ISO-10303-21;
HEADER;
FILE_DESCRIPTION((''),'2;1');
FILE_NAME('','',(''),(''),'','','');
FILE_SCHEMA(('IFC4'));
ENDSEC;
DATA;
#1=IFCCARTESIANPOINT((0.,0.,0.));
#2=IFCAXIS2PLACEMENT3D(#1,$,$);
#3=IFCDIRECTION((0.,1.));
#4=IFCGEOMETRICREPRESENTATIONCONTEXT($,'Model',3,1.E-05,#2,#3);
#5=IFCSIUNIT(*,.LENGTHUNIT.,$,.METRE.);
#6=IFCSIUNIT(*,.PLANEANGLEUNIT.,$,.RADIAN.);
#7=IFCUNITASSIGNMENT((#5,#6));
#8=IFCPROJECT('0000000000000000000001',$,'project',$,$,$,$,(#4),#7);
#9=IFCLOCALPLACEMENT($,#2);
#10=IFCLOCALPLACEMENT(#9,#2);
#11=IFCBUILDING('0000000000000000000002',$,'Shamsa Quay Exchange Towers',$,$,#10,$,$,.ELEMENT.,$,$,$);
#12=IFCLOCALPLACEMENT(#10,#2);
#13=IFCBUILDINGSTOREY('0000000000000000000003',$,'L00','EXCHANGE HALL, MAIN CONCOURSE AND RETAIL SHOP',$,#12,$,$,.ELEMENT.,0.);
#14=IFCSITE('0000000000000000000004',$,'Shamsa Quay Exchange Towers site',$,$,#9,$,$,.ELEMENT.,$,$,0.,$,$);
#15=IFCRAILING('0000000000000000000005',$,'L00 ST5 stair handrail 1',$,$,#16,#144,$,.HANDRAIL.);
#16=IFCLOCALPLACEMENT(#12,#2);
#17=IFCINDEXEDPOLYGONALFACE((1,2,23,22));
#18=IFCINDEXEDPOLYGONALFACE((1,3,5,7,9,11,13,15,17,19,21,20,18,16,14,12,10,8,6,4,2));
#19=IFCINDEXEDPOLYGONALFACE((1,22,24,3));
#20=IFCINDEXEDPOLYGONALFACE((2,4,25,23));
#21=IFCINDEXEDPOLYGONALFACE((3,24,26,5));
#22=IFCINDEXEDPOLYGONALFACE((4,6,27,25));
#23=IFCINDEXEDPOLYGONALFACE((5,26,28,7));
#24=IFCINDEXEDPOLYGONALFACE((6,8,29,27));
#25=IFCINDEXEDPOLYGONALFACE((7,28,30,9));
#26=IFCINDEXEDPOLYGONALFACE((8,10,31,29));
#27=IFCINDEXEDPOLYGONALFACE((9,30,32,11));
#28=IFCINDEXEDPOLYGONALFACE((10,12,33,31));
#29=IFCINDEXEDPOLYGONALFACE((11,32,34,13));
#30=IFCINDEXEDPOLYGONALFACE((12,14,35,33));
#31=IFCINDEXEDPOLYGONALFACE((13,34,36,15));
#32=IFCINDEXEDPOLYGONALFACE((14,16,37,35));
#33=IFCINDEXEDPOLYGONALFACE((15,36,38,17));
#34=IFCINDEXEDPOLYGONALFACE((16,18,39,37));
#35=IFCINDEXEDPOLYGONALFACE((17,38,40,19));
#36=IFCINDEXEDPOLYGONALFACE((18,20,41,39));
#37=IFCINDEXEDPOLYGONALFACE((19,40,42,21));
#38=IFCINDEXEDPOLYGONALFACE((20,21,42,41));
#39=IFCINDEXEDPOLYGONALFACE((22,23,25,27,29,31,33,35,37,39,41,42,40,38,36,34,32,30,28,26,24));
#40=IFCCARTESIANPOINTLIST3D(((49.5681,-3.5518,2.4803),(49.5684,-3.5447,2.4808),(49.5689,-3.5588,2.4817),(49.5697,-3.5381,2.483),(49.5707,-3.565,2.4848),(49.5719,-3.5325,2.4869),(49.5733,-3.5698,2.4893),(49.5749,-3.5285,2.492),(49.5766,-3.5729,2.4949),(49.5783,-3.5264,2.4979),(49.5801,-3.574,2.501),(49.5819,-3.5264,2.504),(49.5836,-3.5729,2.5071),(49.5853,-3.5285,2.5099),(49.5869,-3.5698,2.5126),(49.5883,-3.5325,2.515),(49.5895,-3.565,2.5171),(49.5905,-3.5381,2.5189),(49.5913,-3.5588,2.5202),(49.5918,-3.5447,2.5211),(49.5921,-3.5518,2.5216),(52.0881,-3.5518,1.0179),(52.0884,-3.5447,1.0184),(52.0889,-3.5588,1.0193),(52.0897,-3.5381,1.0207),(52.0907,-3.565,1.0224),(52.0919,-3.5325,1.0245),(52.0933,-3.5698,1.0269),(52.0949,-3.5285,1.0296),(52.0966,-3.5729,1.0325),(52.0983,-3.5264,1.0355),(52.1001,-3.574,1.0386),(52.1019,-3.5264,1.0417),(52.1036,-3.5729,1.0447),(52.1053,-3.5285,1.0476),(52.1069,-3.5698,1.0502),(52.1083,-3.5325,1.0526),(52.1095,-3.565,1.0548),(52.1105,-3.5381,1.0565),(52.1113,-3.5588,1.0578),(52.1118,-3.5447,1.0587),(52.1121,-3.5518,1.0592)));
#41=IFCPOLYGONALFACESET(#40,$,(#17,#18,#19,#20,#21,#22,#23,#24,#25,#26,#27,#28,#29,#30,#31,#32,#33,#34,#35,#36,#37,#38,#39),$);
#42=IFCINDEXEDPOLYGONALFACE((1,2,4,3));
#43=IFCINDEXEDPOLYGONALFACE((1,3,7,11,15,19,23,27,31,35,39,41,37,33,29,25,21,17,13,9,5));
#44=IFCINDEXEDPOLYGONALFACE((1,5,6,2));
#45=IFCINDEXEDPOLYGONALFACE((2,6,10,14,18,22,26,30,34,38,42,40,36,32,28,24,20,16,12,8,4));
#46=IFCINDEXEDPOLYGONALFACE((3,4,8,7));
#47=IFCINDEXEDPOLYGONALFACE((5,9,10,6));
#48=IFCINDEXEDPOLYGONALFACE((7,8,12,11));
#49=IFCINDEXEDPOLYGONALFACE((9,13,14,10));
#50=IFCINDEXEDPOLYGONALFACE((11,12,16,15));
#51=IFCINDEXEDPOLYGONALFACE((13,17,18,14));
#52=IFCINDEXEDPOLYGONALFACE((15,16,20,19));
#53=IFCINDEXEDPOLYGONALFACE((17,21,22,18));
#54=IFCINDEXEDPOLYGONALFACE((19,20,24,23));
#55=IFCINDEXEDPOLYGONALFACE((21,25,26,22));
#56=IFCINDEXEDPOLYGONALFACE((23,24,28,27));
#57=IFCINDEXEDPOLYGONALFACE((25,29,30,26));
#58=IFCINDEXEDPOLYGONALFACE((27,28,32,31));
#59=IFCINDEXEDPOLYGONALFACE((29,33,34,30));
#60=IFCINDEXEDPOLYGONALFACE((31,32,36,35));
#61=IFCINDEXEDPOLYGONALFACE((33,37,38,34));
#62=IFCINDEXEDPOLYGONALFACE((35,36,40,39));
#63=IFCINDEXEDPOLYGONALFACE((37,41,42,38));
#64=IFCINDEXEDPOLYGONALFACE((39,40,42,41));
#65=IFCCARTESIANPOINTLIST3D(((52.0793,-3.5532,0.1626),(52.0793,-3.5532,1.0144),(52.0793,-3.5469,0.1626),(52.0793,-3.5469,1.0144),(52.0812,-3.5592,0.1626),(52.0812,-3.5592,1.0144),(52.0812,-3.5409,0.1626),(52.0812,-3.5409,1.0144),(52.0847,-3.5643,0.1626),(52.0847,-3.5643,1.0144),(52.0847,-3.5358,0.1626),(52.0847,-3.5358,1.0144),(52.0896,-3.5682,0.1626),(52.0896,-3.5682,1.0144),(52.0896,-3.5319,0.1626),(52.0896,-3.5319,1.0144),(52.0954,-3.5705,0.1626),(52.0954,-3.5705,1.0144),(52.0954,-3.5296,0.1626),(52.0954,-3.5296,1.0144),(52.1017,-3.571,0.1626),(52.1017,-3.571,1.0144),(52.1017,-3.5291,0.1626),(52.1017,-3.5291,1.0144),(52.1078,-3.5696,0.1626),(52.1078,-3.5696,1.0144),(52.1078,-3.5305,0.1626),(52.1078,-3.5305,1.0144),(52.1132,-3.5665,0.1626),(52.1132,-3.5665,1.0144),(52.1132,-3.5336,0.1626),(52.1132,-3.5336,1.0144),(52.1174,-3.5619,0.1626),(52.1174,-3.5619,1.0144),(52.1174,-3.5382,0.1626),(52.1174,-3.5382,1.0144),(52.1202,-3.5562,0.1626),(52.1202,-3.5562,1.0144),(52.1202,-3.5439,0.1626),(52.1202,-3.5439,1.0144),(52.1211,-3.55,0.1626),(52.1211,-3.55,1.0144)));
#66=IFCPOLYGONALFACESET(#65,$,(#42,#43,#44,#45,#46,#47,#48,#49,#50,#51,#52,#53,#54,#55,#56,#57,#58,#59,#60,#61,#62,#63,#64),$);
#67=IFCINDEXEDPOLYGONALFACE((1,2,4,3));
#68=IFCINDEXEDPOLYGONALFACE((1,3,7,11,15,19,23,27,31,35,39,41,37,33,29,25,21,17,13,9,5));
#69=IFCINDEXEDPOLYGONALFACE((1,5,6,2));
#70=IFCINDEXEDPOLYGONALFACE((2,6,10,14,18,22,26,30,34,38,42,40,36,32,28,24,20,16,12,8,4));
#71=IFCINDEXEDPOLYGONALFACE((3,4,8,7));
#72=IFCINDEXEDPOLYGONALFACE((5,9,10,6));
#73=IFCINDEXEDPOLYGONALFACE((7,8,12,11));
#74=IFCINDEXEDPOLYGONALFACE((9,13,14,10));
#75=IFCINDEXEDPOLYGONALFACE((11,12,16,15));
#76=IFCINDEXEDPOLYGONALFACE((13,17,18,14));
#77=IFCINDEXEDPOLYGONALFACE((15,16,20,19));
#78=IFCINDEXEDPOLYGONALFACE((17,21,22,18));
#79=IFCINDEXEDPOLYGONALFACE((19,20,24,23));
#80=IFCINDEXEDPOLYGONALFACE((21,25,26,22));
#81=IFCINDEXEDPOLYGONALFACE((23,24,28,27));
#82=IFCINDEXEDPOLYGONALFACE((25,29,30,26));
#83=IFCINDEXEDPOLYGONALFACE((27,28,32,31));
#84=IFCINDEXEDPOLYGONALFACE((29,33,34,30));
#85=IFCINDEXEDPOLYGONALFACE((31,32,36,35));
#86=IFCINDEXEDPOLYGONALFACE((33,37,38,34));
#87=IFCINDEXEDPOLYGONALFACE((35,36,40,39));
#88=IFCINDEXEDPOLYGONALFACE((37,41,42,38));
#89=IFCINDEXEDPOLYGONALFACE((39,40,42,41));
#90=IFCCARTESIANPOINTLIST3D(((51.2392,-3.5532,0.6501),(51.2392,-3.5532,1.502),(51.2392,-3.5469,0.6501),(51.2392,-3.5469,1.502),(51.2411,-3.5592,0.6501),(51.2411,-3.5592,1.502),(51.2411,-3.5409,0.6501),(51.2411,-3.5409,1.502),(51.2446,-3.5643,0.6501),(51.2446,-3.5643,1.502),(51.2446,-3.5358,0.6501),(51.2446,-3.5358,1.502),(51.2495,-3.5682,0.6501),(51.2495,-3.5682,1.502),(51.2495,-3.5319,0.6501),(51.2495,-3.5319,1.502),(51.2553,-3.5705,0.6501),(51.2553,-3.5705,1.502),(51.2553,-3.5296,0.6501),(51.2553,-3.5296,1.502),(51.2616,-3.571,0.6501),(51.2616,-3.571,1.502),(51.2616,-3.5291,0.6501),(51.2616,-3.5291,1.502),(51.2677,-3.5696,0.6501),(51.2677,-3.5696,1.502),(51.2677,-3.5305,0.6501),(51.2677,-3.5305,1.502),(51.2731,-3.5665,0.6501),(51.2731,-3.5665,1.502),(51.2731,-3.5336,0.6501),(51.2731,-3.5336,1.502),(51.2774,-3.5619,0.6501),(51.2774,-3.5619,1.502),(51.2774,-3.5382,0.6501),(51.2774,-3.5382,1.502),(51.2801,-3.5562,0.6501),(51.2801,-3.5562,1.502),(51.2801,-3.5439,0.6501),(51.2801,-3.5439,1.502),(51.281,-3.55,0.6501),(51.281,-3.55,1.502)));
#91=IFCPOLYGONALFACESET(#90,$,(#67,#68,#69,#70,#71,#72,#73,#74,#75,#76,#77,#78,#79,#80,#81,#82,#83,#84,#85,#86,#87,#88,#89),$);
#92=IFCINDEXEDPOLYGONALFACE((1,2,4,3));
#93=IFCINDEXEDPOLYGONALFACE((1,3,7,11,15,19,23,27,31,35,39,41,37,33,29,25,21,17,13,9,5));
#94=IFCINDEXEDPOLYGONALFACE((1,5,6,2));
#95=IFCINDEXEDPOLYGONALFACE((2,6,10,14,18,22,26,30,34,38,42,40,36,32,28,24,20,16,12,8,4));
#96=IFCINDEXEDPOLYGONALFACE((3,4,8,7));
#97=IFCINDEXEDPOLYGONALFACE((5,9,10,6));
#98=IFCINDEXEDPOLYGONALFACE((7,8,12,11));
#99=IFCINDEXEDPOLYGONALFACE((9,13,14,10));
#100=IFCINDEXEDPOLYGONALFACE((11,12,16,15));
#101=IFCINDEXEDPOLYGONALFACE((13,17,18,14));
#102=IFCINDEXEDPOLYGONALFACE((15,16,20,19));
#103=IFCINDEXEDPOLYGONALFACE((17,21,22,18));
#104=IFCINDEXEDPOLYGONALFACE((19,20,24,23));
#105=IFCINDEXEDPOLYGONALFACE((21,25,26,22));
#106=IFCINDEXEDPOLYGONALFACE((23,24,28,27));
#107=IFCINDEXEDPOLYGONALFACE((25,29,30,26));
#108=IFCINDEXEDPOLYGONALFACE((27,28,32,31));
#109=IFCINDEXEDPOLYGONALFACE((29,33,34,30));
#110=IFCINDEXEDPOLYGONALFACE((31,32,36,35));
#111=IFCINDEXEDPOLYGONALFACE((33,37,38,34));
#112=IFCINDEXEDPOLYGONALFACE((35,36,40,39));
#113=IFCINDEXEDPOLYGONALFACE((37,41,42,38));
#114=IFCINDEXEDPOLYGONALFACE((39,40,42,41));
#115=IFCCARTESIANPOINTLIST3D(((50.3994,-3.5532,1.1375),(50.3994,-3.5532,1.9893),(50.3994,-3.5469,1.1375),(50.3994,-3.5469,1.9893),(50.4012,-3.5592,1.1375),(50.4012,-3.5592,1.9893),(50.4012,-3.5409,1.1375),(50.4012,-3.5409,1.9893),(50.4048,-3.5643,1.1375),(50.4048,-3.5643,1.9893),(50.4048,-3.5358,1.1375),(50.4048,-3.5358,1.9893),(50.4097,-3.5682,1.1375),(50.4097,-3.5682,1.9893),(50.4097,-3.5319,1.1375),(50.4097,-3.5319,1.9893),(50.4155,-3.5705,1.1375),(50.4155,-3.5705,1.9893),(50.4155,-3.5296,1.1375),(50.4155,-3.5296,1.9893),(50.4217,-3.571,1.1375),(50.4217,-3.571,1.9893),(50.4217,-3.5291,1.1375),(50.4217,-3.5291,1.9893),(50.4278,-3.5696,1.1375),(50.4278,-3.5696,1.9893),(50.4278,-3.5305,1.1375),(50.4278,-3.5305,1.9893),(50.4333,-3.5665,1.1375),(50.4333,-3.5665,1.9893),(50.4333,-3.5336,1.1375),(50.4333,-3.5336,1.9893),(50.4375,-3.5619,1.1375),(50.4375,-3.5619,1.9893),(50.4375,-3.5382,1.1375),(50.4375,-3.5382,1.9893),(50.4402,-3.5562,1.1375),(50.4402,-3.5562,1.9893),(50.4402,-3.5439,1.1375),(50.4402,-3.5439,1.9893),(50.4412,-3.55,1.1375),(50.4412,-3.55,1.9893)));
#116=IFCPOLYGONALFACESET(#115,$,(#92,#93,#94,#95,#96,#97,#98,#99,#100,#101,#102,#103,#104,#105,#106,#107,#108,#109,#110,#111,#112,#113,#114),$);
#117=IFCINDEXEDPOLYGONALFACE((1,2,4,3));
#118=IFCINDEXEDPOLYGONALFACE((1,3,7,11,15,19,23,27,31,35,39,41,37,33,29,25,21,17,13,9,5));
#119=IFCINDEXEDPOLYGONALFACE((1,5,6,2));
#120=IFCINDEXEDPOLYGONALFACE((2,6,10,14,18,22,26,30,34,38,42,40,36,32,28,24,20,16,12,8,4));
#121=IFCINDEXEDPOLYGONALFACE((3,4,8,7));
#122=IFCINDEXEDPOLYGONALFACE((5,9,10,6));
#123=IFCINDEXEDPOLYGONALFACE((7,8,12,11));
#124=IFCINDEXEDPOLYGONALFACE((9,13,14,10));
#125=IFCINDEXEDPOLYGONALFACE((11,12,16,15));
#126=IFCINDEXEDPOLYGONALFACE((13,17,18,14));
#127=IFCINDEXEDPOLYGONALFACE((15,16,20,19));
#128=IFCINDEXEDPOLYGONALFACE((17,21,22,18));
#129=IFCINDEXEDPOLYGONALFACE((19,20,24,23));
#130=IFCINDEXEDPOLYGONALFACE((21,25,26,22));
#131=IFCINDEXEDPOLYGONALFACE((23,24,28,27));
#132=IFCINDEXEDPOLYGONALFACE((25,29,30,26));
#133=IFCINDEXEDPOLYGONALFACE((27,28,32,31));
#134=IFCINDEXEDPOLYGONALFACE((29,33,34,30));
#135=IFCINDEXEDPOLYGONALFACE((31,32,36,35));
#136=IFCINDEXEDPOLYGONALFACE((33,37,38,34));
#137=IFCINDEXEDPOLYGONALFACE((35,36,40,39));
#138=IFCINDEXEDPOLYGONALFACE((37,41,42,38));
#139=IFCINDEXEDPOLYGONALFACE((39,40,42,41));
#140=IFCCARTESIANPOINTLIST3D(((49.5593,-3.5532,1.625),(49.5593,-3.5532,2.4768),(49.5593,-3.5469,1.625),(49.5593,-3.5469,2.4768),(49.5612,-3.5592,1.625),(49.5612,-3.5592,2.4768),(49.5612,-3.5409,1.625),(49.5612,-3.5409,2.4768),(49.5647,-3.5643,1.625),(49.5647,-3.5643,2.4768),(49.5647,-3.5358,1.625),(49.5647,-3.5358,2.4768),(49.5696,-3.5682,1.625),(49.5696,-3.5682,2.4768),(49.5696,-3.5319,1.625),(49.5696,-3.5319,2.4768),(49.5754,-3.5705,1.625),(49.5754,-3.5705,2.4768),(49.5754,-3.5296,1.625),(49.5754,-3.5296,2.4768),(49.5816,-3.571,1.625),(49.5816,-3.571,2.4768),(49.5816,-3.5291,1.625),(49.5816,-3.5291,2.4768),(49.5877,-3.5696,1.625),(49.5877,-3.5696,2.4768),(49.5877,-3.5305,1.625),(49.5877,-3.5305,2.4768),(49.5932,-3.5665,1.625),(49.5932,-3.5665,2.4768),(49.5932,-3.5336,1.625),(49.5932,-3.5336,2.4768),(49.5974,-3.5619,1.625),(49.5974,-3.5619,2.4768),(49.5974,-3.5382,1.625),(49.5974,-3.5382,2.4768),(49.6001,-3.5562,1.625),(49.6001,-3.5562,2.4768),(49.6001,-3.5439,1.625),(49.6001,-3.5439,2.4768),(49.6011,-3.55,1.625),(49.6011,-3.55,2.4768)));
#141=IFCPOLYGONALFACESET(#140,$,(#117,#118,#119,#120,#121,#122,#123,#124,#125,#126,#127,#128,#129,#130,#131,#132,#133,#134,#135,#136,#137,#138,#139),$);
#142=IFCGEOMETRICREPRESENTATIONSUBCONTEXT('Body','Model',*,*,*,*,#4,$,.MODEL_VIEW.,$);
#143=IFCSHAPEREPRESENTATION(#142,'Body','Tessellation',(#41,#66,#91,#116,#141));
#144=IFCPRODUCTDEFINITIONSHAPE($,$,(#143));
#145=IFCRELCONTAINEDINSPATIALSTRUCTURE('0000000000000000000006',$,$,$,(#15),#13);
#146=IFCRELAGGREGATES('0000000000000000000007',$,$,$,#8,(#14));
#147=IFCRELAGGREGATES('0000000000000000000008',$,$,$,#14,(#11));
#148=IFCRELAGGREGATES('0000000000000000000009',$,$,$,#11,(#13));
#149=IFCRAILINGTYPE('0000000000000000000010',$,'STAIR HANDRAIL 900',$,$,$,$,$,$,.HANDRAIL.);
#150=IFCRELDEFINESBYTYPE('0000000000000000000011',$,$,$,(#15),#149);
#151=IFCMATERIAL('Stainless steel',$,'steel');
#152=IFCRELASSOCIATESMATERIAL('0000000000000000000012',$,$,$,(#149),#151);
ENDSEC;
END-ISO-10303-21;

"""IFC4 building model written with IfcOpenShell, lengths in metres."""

from ifc_helpers import new_model, si_unit, direction, frame, origin, origin_2d, place, context, subcontext, project, spatial, circle, extrude, material, type_object, element, save


model = new_model("IFC4")

# Units and contexts
model_context = context("Model", 3, precision=1e-05, world=origin(), true_north=direction((0.0, 1.0)))
body_context = subcontext(model_context, "Body", "Model", "MODEL_VIEW")
ifc_project = project(units=[si_unit("LENGTHUNIT", "METRE"), si_unit("PLANEANGLEUNIT", "RADIAN")], contexts=[model_context])

# Site, building, storey
site_placement = place(None, origin())
site = spatial("IfcSite", under=ifc_project, at=site_placement, Name="Shamsa Quay Exchange Towers site", CompositionType="ELEMENT", RefElevation=0.0)
building_placement = place(site_placement, origin())
building = spatial("IfcBuilding", under=site, at=building_placement, Name="Shamsa Quay Exchange Towers", CompositionType="ELEMENT")
storey_placement = place(building_placement, origin())
storey = spatial("IfcBuildingStorey", under=building, at=storey_placement, Name="L00", Description="EXCHANGE HALL, MAIN CONCOURSE AND RETAIL SHOP", CompositionType="ELEMENT", Elevation=0.0)

# Railing
ifc_material_1 = material(Name="Stainless steel", Category="steel")
railing_type_1 = type_object("IfcRailingType", Name="STAIR HANDRAIL 900", PredefinedType="HANDRAIL", material=ifc_material_1)
for number, where, name in (
    (1, (52.1001, -3.55, 0.1626), "L00 ST5 stair handrail 1"),
):
    element("IfcRailing", number, at=place(storey_placement, frame(where)), inside=storey, type_object=railing_type_1, Name=name, PredefinedType="HANDRAIL", context=body_context, shape_type="SweptSolid", body=[
        extrude(circle(Radius=0.0239, at=origin_2d()), frame((0.0, 0.0, 0.876), z_axis=(-0.864913, 0.0, 0.501921), x_axis=(0.0, -1.0, 0.0)), (0.0, 0.0, 1.0), 2.9136),
        extrude(circle(Radius=0.021, at=origin_2d()), origin(), (0.0, 0.0, 1.0), 0.8518),
        extrude(circle(Radius=0.021, at=origin_2d()), frame((-0.8401, 0.0, 0.4875)), (0.0, 0.0, 1.0), 0.8518),
        extrude(circle(Radius=0.021, at=origin_2d()), frame((-1.6799, 0.0, 0.9749)), (0.0, 0.0, 1.0), 0.8518),
        extrude(circle(Radius=0.021, at=origin_2d()), frame((-2.52, 0.0, 1.4624)), (0.0, 0.0, 1.0), 0.8518),
    ])

save(model, "model.ifc")
